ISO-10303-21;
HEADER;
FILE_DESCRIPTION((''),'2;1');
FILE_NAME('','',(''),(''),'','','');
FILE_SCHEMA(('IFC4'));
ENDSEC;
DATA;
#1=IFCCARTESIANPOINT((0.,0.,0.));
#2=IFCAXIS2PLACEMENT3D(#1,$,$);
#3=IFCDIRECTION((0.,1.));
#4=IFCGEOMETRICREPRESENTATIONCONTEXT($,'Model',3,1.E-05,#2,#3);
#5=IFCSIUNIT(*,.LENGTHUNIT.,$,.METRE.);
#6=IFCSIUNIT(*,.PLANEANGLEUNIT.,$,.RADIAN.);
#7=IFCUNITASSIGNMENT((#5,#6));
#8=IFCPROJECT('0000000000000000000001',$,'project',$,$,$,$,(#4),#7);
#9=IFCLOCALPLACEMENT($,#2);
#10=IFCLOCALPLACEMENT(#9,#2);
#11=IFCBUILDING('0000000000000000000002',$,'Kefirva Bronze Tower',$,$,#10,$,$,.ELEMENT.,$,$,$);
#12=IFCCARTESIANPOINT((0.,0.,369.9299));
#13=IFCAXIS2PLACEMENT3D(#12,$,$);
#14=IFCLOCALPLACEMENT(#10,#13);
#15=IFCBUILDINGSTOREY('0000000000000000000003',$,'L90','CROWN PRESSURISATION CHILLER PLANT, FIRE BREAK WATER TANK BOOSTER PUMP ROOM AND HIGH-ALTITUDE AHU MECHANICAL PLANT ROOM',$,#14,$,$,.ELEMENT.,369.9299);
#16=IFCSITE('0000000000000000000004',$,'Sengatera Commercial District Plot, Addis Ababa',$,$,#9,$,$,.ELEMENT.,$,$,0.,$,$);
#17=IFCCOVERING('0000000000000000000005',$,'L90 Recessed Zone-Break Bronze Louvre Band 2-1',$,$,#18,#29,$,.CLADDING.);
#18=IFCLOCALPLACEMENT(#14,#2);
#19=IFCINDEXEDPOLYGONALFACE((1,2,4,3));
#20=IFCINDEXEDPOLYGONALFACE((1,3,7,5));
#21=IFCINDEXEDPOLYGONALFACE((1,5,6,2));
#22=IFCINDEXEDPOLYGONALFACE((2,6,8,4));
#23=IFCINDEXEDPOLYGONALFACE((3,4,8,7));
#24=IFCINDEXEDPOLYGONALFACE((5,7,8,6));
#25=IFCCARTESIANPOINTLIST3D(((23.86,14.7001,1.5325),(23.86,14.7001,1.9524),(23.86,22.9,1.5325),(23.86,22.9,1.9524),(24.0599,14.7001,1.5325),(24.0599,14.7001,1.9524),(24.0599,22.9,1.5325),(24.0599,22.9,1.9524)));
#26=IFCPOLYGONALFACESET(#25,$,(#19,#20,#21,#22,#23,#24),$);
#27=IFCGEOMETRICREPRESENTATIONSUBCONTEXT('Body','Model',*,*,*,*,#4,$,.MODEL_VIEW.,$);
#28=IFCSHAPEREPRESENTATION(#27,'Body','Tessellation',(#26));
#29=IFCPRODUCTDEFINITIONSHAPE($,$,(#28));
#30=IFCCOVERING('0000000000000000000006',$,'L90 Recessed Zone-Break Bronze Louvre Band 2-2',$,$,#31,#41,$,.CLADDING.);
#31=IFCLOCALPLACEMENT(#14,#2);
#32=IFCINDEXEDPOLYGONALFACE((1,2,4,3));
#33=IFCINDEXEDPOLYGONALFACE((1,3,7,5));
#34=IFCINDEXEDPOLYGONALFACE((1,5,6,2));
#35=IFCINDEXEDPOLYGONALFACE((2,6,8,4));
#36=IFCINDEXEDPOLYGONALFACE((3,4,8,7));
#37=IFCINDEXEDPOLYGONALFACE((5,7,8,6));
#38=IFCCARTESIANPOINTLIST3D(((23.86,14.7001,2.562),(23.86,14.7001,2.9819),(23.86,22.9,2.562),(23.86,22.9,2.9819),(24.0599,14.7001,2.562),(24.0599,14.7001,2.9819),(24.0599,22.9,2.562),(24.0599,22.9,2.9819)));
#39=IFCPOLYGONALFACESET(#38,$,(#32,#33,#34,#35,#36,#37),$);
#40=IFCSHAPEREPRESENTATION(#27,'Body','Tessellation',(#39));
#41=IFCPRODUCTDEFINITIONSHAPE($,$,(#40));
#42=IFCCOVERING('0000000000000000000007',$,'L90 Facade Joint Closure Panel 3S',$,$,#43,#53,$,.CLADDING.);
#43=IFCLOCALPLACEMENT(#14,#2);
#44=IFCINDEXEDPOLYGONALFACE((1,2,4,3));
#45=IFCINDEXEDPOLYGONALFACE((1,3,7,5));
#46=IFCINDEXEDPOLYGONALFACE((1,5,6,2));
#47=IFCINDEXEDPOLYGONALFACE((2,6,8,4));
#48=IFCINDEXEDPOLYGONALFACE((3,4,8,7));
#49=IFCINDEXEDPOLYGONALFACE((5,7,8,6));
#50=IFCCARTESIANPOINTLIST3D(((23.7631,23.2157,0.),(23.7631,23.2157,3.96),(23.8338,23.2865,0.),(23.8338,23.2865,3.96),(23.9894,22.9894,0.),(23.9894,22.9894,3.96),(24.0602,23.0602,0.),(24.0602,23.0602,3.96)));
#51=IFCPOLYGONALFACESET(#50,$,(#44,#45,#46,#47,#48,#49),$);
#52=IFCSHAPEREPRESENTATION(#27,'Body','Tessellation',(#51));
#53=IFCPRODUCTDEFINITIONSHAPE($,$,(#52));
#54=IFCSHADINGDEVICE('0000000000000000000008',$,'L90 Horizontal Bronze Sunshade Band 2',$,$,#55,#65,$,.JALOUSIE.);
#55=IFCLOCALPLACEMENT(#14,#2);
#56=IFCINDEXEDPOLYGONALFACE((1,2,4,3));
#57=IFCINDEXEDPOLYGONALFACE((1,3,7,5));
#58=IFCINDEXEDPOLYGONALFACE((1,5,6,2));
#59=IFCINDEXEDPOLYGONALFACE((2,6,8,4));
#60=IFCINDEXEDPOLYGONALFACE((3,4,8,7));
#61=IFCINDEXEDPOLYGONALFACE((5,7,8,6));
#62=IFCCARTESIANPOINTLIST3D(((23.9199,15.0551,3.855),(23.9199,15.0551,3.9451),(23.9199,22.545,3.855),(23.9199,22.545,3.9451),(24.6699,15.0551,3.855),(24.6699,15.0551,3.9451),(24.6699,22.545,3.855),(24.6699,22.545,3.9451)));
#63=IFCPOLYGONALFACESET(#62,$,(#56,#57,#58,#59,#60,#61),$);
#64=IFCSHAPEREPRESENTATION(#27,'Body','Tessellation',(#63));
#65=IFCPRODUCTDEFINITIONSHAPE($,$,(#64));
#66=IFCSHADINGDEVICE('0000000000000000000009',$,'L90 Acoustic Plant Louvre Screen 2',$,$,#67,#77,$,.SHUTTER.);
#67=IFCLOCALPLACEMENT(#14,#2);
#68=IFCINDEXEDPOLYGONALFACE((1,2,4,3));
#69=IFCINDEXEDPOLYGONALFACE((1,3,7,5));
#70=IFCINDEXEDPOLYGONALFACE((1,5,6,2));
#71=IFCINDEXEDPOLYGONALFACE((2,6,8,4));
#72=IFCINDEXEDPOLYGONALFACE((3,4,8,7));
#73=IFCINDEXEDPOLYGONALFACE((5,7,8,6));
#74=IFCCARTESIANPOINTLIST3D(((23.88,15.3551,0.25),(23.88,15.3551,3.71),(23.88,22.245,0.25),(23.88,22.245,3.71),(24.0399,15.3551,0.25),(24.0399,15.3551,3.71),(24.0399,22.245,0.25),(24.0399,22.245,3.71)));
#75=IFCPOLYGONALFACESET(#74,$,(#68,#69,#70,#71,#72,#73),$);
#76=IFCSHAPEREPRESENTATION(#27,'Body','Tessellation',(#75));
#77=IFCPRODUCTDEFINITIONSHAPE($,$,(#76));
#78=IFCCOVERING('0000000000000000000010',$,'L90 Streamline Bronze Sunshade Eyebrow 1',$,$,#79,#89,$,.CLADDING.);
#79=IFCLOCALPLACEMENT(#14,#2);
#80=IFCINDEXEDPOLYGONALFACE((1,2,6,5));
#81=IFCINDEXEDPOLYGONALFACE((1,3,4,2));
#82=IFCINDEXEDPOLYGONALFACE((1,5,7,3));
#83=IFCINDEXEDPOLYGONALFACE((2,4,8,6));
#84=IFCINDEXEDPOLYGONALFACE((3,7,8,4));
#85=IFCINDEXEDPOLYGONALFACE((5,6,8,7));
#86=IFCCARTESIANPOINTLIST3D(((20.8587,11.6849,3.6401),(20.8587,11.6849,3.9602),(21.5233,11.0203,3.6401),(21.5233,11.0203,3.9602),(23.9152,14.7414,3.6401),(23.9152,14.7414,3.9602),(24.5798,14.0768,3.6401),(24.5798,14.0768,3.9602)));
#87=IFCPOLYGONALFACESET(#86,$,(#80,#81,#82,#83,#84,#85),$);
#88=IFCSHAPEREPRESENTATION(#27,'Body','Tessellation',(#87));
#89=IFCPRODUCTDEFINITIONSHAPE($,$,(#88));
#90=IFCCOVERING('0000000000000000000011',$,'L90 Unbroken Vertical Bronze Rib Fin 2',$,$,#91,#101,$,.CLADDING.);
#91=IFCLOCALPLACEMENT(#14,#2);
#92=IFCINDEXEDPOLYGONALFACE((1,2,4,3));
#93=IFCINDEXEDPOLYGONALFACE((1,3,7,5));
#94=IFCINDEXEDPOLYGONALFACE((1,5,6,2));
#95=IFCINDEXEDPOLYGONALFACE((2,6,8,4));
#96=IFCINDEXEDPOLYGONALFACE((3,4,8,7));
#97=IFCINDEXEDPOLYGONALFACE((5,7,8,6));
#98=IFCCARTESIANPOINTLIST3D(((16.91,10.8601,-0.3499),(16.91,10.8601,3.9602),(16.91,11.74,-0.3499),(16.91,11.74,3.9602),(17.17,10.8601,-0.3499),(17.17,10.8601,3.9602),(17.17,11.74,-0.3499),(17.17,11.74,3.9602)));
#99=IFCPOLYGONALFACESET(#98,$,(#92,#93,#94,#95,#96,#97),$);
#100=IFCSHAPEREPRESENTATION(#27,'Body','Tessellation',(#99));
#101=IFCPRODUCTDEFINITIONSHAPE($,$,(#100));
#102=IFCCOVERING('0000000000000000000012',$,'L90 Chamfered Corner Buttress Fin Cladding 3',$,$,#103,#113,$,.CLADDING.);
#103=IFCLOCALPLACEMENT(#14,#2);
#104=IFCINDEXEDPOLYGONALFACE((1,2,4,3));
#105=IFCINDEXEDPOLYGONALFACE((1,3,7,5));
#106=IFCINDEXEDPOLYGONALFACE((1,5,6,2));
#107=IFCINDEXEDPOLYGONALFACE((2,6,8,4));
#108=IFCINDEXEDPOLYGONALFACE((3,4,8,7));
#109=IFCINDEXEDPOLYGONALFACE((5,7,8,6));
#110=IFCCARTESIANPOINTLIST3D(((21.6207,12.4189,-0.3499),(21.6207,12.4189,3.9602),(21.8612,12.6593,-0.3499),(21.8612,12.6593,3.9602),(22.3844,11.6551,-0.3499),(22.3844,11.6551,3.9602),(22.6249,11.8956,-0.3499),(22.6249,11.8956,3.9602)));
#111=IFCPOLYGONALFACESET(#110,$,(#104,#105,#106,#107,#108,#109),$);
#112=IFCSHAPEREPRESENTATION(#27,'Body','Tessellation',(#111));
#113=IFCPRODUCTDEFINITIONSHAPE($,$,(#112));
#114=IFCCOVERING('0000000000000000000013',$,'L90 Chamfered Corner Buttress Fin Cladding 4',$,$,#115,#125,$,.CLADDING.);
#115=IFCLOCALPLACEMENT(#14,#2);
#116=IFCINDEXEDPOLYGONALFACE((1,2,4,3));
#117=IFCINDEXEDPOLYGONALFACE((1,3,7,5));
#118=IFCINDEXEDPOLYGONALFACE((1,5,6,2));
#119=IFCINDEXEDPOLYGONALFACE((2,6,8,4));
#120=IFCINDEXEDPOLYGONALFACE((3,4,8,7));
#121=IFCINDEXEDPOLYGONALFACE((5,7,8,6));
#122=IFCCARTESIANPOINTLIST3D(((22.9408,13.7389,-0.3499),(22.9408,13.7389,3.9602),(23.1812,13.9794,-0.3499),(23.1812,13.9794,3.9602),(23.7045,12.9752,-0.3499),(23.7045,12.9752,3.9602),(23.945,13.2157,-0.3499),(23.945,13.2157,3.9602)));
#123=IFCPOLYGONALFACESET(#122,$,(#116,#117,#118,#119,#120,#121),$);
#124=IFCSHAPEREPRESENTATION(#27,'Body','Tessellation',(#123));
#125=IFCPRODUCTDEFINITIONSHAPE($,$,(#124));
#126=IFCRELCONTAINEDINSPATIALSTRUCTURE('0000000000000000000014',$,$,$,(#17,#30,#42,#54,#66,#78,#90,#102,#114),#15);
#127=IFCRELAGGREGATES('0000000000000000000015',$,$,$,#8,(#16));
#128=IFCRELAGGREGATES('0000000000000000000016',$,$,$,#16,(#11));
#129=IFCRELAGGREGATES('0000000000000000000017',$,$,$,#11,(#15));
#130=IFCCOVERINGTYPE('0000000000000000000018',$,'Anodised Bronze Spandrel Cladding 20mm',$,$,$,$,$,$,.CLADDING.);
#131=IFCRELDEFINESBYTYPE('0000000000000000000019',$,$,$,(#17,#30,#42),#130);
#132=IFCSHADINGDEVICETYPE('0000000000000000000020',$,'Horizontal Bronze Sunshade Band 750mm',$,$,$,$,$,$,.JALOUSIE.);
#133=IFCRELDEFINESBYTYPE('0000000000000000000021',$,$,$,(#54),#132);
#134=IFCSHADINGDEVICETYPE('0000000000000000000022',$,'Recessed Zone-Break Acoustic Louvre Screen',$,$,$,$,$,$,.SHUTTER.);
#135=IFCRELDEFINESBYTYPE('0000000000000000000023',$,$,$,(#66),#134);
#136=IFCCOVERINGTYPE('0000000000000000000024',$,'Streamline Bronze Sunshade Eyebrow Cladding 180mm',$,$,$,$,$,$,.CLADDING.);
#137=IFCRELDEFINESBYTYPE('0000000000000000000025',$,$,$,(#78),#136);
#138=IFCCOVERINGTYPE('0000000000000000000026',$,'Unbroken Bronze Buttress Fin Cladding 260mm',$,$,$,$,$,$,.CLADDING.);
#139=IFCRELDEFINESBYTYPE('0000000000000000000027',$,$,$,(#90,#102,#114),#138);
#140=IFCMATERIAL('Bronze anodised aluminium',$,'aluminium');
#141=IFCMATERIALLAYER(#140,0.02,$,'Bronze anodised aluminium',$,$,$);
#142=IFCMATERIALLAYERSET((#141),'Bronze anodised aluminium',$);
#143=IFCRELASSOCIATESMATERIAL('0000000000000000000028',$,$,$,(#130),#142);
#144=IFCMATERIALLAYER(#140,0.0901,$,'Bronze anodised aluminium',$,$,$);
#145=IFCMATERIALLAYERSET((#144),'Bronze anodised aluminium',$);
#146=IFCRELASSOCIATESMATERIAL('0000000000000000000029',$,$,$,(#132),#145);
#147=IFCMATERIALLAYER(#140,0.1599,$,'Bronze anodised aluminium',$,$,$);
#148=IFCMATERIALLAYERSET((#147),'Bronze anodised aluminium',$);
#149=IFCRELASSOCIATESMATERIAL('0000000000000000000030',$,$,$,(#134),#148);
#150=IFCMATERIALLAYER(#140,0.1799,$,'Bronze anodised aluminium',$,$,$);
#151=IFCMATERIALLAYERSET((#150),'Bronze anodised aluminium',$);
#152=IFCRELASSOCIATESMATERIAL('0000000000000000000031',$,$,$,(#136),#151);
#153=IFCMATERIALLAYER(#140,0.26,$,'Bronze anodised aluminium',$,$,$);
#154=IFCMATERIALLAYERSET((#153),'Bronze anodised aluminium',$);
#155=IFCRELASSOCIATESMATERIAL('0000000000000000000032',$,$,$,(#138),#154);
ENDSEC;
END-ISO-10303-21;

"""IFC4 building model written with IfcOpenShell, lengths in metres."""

from ifc_helpers import new_model, si_unit, direction, frame, origin, origin_2d, place, context, subcontext, project, spatial, rectangle, extrude, material, layer, layer_set, type_object, element, save


model = new_model("IFC4")

# Units and contexts
model_context = context("Model", 3, precision=1e-05, world=origin(), true_north=direction((0.0, 1.0)))
body_context = subcontext(model_context, "Body", "Model", "MODEL_VIEW")
ifc_project = project(units=[si_unit("LENGTHUNIT", "METRE"), si_unit("PLANEANGLEUNIT", "RADIAN")], contexts=[model_context])

# Site, building, storey
site_placement = place(None, origin())
site = spatial("IfcSite", under=ifc_project, at=site_placement, Name="Sengatera Commercial District Plot, Addis Ababa", CompositionType="ELEMENT", RefElevation=0.0)
building_placement = place(site_placement, origin())
building = spatial("IfcBuilding", under=site, at=building_placement, Name="Kefirva Bronze Tower", CompositionType="ELEMENT")
storey_placement = place(building_placement, frame((0.0, 0.0, 369.9299)))
storey = spatial("IfcBuildingStorey", under=building, at=storey_placement, Name="L90", Description="CROWN PRESSURISATION CHILLER PLANT, FIRE BREAK WATER TANK BOOSTER PUMP ROOM AND HIGH-ALTITUDE AHU MECHANICAL PLANT ROOM", CompositionType="ELEMENT", Elevation=369.9299)

# Shared definitions
ifc_material_1 = material(Name="Bronze anodised aluminium", Category="aluminium")

# Coverings
ifc_layer_1 = layer(ifc_material_1, 0.02, Name="Bronze anodised aluminium")
ifc_layer_set_1 = layer_set([ifc_layer_1], Name="Bronze anodised aluminium")
covering_type_1 = type_object("IfcCoveringType", Name="Anodised Bronze Spandrel Cladding 20mm", PredefinedType="CLADDING", material=ifc_layer_set_1)
for number, where, z_axis, x_axis, name in (
    (1, (23.96, 18.8, 1.5325), (0.0, 0.0, 1.0), (0.0, 1.0, 0.0), "L90 Recessed Zone-Break Bronze Louvre Band 2-1"),
    (2, (23.96, 18.8, 2.562), (0.0, 0.0, 1.0), (0.0, 1.0, 0.0), "L90 Recessed Zone-Break Bronze Louvre Band 2-2"),
):
    element("IfcCovering", number, at=place(storey_placement, frame(where, z_axis=z_axis, x_axis=x_axis)), inside=storey, type_object=covering_type_1, Name=name, PredefinedType="CLADDING", context=body_context, shape_type="SweptSolid", body=[
        extrude(rectangle(XDim=8.2, YDim=0.2, at=origin_2d()), origin(), (0.0, 0.0, 1.0), 0.4199),
    ])
covering_1_placement = place(storey_placement, frame((23.9116, 23.1379, 0.0), z_axis=(0.0, 0.0, 1.0), x_axis=(0.707107, 0.707107, 0.0)))
element("IfcCovering", 3, at=covering_1_placement, inside=storey, type_object=covering_type_1, Name="L90 Facade Joint Closure Panel 3S", PredefinedType="CLADDING", context=body_context, shape_type="SweptSolid", body=[
    extrude(rectangle(XDim=0.1001, YDim=0.3201, at=origin_2d()), origin(), (0.0, 0.0, 1.0), 3.96),
])

# Shading devices
ifc_layer_2 = layer(ifc_material_1, 0.0901, Name="Bronze anodised aluminium")
ifc_layer_set_2 = layer_set([ifc_layer_2], Name="Bronze anodised aluminium")
shading_device_type_1 = type_object("IfcShadingDeviceType", Name="Horizontal Bronze Sunshade Band 750mm", PredefinedType="JALOUSIE", material=ifc_layer_set_2)
shading_device_1_placement = place(storey_placement, frame((24.2949, 18.8, 3.855), z_axis=(0.0, 0.0, 1.0), x_axis=(0.0, 1.0, 0.0)))
element("IfcShadingDevice", 4, at=shading_device_1_placement, inside=storey, type_object=shading_device_type_1, Name="L90 Horizontal Bronze Sunshade Band 2", PredefinedType="JALOUSIE", context=body_context, shape_type="SweptSolid", body=[
    extrude(rectangle(XDim=7.49, YDim=0.75, at=origin_2d()), origin(), (0.0, 0.0, 1.0), 0.0901),
])
ifc_layer_3 = layer(ifc_material_1, 0.1599, Name="Bronze anodised aluminium")
ifc_layer_set_3 = layer_set([ifc_layer_3], Name="Bronze anodised aluminium")
shading_device_type_2 = type_object("IfcShadingDeviceType", Name="Recessed Zone-Break Acoustic Louvre Screen", PredefinedType="SHUTTER", material=ifc_layer_set_3)
shading_device_2_placement = place(storey_placement, frame((23.96, 18.8, 0.25), z_axis=(0.0, 0.0, 1.0), x_axis=(0.0, 1.0, 0.0)))
element("IfcShadingDevice", 5, at=shading_device_2_placement, inside=storey, type_object=shading_device_type_2, Name="L90 Acoustic Plant Louvre Screen 2", PredefinedType="SHUTTER", context=body_context, shape_type="SweptSolid", body=[
    extrude(rectangle(XDim=6.8899, YDim=0.1599, at=origin_2d()), origin(), (0.0, 0.0, 1.0), 3.46),
])

# Coverings
ifc_layer_4 = layer(ifc_material_1, 0.1799, Name="Bronze anodised aluminium")
ifc_layer_set_4 = layer_set([ifc_layer_4], Name="Bronze anodised aluminium")
covering_type_2 = type_object("IfcCoveringType", Name="Streamline Bronze Sunshade Eyebrow Cladding 180mm", PredefinedType="CLADDING", material=ifc_layer_set_4)
covering_2_placement = place(storey_placement, frame((22.7192, 12.8809, 3.6401), z_axis=(0.0, 0.0, 1.0), x_axis=(0.707107, 0.707107, 0.0)))
element("IfcCovering", 6, at=covering_2_placement, inside=storey, type_object=covering_type_2, Name="L90 Streamline Bronze Sunshade Eyebrow 1", PredefinedType="CLADDING", context=body_context, shape_type="SweptSolid", body=[
    extrude(rectangle(XDim=4.3225, YDim=0.9399, at=origin_2d()), origin(), (0.0, 0.0, 1.0), 0.3201),
])
ifc_layer_5 = layer(ifc_material_1, 0.26, Name="Bronze anodised aluminium")
ifc_layer_set_5 = layer_set([ifc_layer_5], Name="Bronze anodised aluminium")
covering_type_3 = type_object("IfcCoveringType", Name="Unbroken Bronze Buttress Fin Cladding 260mm", PredefinedType="CLADDING", material=ifc_layer_set_5)
covering_3_placement = place(storey_placement, frame((17.04, 11.3, -0.3499), z_axis=(0.0, 0.0, 1.0), x_axis=(1.0, 0.0, 0.0)))
element("IfcCovering", 7, at=covering_3_placement, inside=storey, type_object=covering_type_3, Name="L90 Unbroken Vertical Bronze Rib Fin 2", PredefinedType="CLADDING", context=body_context, shape_type="SweptSolid", body=[
    extrude(rectangle(XDim=0.26, YDim=0.8799, at=origin_2d()), origin(), (0.0, 0.0, 1.0), 4.3101),
])
for number, where, z_axis, x_axis, name in (
    (8, (22.1228, 12.1572, -0.3499), (0.0, 0.0, 1.0), (0.707107, 0.707107, 0.0), "L90 Chamfered Corner Buttress Fin Cladding 3"),
    (9, (23.4429, 13.4773, -0.3499), (0.0, 0.0, 1.0), (0.707107, 0.707107, 0.0), "L90 Chamfered Corner Buttress Fin Cladding 4"),
):
    element("IfcCovering", number, at=place(storey_placement, frame(where, z_axis=z_axis, x_axis=x_axis)), inside=storey, type_object=covering_type_3, Name=name, PredefinedType="CLADDING", context=body_context, shape_type="SweptSolid", body=[
        extrude(rectangle(XDim=0.3401, YDim=1.0801, at=origin_2d()), origin(), (0.0, 0.0, 1.0), 4.3101),
    ])

save(model, "model.ifc")
